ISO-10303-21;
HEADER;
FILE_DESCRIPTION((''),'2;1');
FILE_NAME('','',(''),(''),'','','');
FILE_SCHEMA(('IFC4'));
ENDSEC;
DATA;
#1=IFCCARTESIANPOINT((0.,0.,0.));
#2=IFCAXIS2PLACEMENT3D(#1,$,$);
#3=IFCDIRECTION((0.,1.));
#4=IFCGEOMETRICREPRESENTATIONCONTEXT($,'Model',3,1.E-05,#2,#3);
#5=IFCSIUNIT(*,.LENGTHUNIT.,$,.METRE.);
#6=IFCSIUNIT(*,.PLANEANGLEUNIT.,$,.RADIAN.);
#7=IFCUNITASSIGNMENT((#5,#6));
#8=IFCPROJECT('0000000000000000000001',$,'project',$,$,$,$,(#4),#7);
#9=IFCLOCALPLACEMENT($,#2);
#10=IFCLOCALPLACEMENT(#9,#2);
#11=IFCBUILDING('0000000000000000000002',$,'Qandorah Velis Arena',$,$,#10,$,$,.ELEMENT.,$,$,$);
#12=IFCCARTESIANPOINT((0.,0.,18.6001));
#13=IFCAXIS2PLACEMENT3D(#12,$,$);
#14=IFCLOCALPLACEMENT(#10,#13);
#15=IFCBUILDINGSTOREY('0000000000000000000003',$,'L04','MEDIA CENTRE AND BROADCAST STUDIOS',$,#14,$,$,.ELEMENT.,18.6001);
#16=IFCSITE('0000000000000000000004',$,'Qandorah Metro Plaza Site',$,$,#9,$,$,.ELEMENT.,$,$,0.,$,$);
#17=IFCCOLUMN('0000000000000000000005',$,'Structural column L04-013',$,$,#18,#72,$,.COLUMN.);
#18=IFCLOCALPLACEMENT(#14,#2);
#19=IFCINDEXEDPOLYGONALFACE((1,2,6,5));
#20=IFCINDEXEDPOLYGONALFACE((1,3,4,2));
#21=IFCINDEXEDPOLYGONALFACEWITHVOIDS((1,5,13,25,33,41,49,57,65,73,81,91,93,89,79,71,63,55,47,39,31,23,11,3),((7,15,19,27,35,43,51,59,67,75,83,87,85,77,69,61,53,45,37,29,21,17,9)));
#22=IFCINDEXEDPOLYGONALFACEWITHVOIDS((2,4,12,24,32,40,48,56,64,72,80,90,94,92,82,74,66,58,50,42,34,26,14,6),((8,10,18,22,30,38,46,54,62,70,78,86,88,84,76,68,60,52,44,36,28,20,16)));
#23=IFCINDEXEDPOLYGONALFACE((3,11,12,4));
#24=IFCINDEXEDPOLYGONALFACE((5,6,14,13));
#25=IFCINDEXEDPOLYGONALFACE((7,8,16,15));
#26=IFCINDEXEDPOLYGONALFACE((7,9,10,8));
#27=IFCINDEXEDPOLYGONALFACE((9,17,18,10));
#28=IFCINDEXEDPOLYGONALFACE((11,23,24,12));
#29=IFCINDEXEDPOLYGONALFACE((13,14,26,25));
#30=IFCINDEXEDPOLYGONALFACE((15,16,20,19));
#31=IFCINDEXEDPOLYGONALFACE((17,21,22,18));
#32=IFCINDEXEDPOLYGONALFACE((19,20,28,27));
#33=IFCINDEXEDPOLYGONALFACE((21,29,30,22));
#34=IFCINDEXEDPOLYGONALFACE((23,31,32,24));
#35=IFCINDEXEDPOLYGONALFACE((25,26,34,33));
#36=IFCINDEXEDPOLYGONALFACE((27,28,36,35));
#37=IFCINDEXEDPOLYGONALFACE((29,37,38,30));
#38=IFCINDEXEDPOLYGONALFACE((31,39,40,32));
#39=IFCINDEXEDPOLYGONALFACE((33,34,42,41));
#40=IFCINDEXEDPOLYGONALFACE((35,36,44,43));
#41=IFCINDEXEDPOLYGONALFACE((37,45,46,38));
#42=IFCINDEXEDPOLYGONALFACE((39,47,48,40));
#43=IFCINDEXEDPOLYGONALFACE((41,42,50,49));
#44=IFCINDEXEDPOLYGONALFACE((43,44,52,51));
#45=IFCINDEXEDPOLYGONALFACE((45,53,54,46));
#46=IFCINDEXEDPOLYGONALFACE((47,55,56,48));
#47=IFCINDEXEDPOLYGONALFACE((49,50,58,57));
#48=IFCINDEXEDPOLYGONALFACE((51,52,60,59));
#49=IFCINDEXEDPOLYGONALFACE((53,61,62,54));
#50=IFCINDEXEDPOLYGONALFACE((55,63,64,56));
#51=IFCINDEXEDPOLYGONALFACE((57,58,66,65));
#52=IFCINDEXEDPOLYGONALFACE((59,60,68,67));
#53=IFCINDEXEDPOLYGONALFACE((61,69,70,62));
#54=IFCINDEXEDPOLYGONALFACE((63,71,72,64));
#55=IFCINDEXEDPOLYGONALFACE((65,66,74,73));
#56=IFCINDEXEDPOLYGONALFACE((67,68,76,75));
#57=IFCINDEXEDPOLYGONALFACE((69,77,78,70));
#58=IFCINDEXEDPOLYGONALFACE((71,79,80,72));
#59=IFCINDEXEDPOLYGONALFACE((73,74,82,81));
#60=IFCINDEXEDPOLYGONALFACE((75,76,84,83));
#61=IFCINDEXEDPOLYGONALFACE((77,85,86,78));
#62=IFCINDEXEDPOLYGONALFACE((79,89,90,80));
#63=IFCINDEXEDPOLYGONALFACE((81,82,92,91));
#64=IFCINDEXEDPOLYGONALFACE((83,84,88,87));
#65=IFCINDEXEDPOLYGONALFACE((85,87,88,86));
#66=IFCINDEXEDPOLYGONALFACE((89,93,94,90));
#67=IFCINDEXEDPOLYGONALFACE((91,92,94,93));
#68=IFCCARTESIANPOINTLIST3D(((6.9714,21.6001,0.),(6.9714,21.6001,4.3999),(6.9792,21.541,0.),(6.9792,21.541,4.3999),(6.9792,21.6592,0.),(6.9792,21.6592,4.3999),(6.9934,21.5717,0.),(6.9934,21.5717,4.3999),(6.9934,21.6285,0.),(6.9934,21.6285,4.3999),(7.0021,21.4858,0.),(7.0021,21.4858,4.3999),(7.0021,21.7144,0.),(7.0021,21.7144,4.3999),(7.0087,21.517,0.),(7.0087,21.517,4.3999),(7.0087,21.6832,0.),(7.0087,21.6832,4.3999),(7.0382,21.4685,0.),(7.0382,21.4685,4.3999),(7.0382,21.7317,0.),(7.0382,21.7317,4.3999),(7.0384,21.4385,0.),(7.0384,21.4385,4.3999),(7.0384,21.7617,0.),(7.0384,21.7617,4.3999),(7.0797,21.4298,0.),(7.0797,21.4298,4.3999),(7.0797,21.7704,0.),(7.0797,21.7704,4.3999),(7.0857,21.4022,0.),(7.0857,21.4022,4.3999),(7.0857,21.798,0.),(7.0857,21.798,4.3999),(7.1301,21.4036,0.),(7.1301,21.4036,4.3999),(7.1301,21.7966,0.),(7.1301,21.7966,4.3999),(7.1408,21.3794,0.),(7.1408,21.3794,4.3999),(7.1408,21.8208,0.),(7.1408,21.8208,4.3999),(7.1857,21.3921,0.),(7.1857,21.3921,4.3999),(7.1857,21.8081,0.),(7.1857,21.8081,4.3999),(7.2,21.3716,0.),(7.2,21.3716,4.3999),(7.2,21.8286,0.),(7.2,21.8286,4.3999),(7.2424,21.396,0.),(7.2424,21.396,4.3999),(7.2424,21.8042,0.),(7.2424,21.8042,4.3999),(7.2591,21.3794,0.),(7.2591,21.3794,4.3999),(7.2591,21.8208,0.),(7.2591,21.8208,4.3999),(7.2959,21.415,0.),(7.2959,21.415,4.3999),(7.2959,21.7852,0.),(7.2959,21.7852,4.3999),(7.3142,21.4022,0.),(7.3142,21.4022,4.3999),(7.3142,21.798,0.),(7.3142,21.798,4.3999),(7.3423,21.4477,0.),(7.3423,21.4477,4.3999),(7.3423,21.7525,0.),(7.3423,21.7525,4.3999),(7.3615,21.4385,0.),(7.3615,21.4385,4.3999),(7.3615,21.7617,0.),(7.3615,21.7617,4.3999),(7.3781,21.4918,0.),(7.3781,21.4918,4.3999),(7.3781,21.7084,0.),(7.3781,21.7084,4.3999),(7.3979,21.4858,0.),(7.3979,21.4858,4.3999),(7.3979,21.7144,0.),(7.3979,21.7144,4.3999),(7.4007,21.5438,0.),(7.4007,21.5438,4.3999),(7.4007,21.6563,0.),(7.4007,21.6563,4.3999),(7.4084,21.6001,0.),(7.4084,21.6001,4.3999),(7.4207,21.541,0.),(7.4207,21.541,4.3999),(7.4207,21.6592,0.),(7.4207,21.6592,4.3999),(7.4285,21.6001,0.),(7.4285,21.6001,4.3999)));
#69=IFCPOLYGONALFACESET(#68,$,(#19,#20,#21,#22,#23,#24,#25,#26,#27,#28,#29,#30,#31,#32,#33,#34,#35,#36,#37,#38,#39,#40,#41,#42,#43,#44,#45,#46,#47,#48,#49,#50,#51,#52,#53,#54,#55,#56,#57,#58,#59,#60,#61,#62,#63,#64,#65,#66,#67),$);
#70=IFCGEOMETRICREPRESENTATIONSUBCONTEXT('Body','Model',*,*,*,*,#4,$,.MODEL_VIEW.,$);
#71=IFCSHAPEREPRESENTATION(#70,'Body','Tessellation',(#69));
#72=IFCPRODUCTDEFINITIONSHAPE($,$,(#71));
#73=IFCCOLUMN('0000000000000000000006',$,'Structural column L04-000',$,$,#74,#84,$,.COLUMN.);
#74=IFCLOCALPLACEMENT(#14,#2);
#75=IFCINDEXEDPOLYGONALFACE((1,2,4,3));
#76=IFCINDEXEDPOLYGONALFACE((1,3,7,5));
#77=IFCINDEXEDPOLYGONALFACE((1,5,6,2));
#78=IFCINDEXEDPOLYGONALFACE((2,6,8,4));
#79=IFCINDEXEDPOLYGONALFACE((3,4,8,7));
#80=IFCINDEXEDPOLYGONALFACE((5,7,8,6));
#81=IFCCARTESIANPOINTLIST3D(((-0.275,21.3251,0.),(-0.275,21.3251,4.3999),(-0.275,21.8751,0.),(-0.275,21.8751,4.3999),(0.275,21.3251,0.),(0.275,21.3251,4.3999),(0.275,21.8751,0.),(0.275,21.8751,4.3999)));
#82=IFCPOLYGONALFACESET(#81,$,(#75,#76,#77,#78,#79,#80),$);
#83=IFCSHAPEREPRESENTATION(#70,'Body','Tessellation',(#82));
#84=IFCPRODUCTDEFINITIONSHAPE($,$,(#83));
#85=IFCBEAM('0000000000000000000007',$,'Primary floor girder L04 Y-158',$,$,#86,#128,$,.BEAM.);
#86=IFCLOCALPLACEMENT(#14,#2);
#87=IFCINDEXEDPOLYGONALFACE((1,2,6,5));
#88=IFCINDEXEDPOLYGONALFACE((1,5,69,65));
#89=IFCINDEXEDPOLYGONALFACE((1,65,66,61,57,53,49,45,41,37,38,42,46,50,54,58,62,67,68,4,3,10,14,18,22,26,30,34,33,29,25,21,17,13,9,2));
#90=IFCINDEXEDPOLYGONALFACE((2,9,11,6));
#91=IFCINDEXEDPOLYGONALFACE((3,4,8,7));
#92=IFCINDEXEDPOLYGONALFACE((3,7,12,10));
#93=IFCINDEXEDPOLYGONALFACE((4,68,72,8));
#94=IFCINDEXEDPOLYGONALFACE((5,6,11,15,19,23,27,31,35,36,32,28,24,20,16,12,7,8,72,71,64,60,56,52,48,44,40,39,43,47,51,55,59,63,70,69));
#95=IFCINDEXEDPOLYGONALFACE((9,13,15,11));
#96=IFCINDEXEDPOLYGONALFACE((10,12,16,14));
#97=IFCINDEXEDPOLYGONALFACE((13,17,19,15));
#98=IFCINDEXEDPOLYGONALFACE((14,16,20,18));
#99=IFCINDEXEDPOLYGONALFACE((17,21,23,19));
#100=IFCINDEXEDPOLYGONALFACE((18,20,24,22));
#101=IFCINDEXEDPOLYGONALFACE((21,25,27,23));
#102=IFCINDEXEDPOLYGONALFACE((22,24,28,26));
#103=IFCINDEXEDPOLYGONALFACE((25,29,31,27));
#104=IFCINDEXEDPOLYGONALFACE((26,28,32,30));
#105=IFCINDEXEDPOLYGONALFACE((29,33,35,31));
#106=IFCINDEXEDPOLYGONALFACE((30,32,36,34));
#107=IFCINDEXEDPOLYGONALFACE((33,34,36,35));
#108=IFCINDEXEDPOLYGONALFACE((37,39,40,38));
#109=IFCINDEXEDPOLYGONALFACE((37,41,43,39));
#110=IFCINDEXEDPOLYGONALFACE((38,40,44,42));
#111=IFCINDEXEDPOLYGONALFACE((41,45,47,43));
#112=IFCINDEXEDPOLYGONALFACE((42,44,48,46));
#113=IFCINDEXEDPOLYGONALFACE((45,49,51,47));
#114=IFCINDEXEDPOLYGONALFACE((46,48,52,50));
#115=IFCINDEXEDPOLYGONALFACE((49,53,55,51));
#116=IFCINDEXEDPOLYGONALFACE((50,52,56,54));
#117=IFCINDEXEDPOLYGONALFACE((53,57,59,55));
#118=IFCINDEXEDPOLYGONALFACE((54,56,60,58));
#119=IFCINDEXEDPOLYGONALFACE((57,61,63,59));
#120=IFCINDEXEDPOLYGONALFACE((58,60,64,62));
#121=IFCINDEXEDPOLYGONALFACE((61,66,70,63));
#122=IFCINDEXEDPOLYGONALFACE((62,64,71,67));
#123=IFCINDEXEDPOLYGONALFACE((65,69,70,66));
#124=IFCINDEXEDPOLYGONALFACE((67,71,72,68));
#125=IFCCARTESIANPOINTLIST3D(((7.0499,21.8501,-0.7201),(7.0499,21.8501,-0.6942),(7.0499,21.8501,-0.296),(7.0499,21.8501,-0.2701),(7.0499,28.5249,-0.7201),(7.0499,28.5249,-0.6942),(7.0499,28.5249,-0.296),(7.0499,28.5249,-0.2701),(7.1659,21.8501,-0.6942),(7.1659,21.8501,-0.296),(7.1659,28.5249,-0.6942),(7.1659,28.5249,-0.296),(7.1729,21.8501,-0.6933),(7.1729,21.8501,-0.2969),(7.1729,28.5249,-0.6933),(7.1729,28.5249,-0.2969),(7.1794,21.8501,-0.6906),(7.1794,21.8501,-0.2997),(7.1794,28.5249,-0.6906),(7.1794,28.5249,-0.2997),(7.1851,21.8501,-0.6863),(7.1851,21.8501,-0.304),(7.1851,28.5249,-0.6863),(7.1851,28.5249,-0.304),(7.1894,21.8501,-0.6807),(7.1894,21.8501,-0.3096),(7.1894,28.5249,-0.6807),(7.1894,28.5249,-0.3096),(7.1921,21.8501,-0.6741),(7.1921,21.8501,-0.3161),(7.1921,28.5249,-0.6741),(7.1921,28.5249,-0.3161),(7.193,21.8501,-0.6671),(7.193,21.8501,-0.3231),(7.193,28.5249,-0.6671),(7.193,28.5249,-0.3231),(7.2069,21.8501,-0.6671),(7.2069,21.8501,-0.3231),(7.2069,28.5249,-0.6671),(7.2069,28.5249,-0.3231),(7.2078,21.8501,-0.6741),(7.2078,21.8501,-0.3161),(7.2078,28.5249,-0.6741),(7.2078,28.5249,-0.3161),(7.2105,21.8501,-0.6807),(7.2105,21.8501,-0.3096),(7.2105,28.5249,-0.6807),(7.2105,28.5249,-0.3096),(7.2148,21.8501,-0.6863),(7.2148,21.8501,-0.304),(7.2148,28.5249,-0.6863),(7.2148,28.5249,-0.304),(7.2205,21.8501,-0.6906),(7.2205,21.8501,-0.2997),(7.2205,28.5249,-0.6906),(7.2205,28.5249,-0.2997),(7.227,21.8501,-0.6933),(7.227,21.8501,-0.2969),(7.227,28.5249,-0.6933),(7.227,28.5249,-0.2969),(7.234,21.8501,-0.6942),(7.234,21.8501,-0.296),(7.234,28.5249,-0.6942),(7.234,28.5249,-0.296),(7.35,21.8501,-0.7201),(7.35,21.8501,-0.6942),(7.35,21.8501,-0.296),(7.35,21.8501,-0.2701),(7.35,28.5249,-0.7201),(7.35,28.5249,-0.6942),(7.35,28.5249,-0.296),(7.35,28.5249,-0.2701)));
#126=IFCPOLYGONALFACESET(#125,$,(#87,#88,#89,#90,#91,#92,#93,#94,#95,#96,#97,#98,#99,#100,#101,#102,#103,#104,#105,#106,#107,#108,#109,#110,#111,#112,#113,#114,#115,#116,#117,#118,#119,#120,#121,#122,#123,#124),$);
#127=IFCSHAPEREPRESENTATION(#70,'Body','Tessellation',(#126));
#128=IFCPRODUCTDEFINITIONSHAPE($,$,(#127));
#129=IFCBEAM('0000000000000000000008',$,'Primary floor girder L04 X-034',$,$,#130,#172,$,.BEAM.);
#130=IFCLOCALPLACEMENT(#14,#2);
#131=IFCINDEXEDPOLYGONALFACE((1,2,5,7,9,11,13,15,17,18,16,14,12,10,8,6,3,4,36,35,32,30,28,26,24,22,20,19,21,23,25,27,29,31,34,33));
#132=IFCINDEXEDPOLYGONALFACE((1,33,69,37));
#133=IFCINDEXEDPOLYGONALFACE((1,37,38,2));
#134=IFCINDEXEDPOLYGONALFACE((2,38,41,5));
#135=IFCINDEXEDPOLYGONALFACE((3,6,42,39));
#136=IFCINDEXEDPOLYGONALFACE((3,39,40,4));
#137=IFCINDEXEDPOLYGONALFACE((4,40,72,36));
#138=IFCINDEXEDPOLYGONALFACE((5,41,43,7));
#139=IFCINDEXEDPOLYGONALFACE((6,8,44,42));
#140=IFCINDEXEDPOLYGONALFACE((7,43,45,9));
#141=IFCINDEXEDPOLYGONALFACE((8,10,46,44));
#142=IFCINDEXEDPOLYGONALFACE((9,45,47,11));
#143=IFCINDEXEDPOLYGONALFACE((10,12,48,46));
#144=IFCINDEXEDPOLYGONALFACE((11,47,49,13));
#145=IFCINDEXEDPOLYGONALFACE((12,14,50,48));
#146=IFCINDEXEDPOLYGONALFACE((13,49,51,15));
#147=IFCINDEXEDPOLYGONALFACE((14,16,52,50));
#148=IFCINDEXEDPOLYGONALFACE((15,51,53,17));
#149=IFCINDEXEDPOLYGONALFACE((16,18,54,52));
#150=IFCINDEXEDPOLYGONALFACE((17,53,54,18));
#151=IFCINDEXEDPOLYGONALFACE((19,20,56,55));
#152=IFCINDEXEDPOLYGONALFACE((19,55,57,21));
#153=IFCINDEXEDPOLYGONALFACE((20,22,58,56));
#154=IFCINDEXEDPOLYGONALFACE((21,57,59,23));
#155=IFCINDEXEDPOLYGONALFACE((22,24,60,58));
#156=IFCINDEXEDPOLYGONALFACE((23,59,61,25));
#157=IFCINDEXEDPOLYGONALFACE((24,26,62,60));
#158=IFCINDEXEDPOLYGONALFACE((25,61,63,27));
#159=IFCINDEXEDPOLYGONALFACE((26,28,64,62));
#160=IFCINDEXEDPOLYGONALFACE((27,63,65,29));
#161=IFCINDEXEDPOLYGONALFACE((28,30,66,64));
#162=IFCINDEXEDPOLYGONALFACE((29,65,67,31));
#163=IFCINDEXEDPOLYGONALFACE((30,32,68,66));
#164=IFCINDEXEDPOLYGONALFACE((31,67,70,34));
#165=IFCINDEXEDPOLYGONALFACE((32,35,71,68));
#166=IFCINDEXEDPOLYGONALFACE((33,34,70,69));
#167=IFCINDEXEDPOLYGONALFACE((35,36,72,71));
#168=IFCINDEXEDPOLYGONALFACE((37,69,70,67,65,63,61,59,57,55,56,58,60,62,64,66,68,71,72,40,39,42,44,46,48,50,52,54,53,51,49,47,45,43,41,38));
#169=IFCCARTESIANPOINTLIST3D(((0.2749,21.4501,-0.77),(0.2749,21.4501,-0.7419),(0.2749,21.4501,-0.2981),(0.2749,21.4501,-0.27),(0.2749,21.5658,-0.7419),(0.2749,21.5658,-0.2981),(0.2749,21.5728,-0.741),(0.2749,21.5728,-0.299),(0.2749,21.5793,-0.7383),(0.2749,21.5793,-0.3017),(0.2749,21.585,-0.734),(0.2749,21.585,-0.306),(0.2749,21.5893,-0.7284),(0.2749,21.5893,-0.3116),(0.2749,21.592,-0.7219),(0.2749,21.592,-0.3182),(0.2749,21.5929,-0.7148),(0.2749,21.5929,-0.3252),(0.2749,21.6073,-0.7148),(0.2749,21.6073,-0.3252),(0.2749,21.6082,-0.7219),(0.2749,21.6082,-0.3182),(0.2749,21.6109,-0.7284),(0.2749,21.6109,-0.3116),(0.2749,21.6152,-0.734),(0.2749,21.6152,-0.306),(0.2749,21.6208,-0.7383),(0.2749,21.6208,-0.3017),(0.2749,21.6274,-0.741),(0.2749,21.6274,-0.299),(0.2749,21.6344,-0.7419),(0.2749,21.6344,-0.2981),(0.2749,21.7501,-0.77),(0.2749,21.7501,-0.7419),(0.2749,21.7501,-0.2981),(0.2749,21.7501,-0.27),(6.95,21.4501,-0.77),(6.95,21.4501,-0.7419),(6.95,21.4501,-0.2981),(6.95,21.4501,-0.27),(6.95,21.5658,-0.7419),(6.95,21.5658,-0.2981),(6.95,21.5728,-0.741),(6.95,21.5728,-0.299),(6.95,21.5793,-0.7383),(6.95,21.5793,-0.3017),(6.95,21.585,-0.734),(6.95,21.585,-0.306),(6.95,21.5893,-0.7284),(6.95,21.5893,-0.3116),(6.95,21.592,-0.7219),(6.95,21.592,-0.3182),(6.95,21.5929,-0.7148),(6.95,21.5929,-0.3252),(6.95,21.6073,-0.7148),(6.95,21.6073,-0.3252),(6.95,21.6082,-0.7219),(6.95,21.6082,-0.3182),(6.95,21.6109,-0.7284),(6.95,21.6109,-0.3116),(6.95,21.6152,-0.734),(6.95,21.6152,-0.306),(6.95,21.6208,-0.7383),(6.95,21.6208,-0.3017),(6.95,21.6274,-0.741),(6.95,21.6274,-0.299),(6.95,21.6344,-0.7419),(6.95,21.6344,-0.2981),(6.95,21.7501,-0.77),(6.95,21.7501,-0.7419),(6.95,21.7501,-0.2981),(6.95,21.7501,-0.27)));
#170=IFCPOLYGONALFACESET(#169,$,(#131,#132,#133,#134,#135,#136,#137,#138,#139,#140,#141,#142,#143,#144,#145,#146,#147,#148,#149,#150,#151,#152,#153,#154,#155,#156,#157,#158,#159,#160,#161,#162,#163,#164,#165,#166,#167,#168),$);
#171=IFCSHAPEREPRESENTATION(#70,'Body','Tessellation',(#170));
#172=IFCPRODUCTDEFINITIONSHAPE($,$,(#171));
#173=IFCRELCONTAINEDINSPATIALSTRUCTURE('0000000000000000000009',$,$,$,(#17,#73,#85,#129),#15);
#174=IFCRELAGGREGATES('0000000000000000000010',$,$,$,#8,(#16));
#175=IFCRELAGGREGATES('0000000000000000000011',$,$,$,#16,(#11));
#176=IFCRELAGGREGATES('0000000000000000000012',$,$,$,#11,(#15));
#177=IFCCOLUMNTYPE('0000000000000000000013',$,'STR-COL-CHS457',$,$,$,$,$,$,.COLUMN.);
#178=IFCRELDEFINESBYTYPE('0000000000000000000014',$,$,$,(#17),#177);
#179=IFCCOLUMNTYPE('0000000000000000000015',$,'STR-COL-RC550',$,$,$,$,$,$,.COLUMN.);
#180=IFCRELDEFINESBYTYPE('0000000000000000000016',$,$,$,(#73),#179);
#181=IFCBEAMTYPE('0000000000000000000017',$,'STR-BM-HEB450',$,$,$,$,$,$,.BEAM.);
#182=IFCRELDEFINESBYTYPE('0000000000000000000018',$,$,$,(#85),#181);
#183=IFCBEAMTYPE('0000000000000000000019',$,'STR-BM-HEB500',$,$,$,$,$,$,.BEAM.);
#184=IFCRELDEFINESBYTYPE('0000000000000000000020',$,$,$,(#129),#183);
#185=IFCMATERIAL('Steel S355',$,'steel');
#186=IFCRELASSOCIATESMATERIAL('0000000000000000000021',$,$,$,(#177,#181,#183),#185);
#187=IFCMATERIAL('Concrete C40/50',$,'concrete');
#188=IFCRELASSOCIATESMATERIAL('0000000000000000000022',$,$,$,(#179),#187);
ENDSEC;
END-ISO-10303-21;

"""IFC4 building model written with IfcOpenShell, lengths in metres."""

from ifc_helpers import new_model, si_unit, direction, frame, origin, origin_2d, place, context, subcontext, project, spatial, rectangle, hollow_circle, i_section, extrude, material, material_profile, profile_set, type_object, element, save


model = new_model("IFC4")

# Units and contexts
model_context = context("Model", 3, precision=1e-05, world=origin(), true_north=direction((0.0, 1.0)))
body_context = subcontext(model_context, "Body", "Model", "MODEL_VIEW")
ifc_project = project(units=[si_unit("LENGTHUNIT", "METRE"), si_unit("PLANEANGLEUNIT", "RADIAN")], contexts=[model_context])

# Site, building, storey
site_placement = place(None, origin())
site = spatial("IfcSite", under=ifc_project, at=site_placement, Name="Qandorah Metro Plaza Site", CompositionType="ELEMENT", RefElevation=0.0)
building_placement = place(site_placement, origin())
building = spatial("IfcBuilding", under=site, at=building_placement, Name="Qandorah Velis Arena", CompositionType="ELEMENT")
storey_placement = place(building_placement, frame((0.0, 0.0, 18.6001)))
storey = spatial("IfcBuildingStorey", under=building, at=storey_placement, Name="L04", Description="MEDIA CENTRE AND BROADCAST STUDIOS", CompositionType="ELEMENT", Elevation=18.6001)

# Columns
ifc_material_1 = material(Name="Steel S355", Category="steel")
ifc_material_profile_1 = material_profile(ifc_material_1, hollow_circle(Radius=0.2285, WallThickness=0.02, at=origin_2d()), Name="CHS 457x20")
ifc_profile_set_1 = profile_set([ifc_material_profile_1], Name="Steel S355")
column_type_1 = type_object("IfcColumnType", Name="STR-COL-CHS457", PredefinedType="COLUMN", material=ifc_profile_set_1)
column_1_placement = place(storey_placement, frame((7.2, 21.6001, 0.0), z_axis=(0.0, 0.0, 1.0), x_axis=(1.0, 0.0, 0.0)))
element("IfcColumn", 1, at=column_1_placement, inside=storey, type_object=column_type_1, Name="Structural column L04-013", PredefinedType="COLUMN", context=body_context, shape_type="SweptSolid", body=[
    extrude(hollow_circle(Radius=0.2285, WallThickness=0.02, at=origin_2d()), origin(), (0.0, 0.0, 1.0), 4.3999),
])
ifc_material_2 = material(Name="Concrete C40/50", Category="concrete")
ifc_material_profile_2 = material_profile(ifc_material_2, rectangle(XDim=0.55, YDim=0.55, at=origin_2d()), Name="RC COL 550x550")
ifc_profile_set_2 = profile_set([ifc_material_profile_2], Name="Concrete C40/50")
column_type_2 = type_object("IfcColumnType", Name="STR-COL-RC550", PredefinedType="COLUMN", material=ifc_profile_set_2)
column_2_placement = place(storey_placement, frame((0.0, 21.6001, 0.0), z_axis=(0.0, 0.0, 1.0), x_axis=(1.0, 0.0, 0.0)))
element("IfcColumn", 2, at=column_2_placement, inside=storey, type_object=column_type_2, Name="Structural column L04-000", PredefinedType="COLUMN", context=body_context, shape_type="SweptSolid", body=[
    extrude(rectangle(XDim=0.55, YDim=0.55, at=origin_2d()), origin(), (0.0, 0.0, 1.0), 4.3999),
])

# Beams
ifc_material_profile_3 = material_profile(ifc_material_1, i_section(OverallWidth=0.3, OverallDepth=0.45, WebThickness=0.0139, FlangeThickness=0.0259, FilletRadius=0.0271, at=origin_2d()), Name="HEB 450")
ifc_profile_set_3 = profile_set([ifc_material_profile_3], Name="Steel S355")
beam_type_1 = type_object("IfcBeamType", Name="STR-BM-HEB450", PredefinedType="BEAM", material=ifc_profile_set_3)
beam_1_placement = place(storey_placement, frame((7.2, 21.8501, -0.4951), z_axis=(0.0, 1.0, 0.0), x_axis=(-1.0, 0.0, 0.0)))
element("IfcBeam", 3, at=beam_1_placement, inside=storey, type_object=beam_type_1, Name="Primary floor girder L04 Y-158", PredefinedType="BEAM", context=body_context, shape_type="SweptSolid", body=[
    extrude(i_section(OverallWidth=0.3, OverallDepth=0.45, WebThickness=0.0139, FlangeThickness=0.0259, FilletRadius=0.0271, at=origin_2d()), origin(), (0.0, 0.0, 1.0), 6.6748),
])
ifc_material_profile_4 = material_profile(ifc_material_1, i_section(OverallWidth=0.3, OverallDepth=0.5, WebThickness=0.0144, FlangeThickness=0.0281, FilletRadius=0.0271, at=origin_2d()), Name="HEB 500")
ifc_profile_set_4 = profile_set([ifc_material_profile_4], Name="Steel S355")
beam_type_2 = type_object("IfcBeamType", Name="STR-BM-HEB500", PredefinedType="BEAM", material=ifc_profile_set_4)
beam_2_placement = place(storey_placement, frame((0.2749, 21.6001, -0.52), z_axis=(1.0, 0.0, 0.0), x_axis=(0.0, 1.0, 0.0)))
element("IfcBeam", 4, at=beam_2_placement, inside=storey, type_object=beam_type_2, Name="Primary floor girder L04 X-034", PredefinedType="BEAM", context=body_context, shape_type="SweptSolid", body=[
    extrude(i_section(OverallWidth=0.3, OverallDepth=0.5, WebThickness=0.0144, FlangeThickness=0.0281, FilletRadius=0.0271, at=origin_2d()), origin(), (0.0, 0.0, 1.0), 6.675),
])

save(model, "model.ifc")
